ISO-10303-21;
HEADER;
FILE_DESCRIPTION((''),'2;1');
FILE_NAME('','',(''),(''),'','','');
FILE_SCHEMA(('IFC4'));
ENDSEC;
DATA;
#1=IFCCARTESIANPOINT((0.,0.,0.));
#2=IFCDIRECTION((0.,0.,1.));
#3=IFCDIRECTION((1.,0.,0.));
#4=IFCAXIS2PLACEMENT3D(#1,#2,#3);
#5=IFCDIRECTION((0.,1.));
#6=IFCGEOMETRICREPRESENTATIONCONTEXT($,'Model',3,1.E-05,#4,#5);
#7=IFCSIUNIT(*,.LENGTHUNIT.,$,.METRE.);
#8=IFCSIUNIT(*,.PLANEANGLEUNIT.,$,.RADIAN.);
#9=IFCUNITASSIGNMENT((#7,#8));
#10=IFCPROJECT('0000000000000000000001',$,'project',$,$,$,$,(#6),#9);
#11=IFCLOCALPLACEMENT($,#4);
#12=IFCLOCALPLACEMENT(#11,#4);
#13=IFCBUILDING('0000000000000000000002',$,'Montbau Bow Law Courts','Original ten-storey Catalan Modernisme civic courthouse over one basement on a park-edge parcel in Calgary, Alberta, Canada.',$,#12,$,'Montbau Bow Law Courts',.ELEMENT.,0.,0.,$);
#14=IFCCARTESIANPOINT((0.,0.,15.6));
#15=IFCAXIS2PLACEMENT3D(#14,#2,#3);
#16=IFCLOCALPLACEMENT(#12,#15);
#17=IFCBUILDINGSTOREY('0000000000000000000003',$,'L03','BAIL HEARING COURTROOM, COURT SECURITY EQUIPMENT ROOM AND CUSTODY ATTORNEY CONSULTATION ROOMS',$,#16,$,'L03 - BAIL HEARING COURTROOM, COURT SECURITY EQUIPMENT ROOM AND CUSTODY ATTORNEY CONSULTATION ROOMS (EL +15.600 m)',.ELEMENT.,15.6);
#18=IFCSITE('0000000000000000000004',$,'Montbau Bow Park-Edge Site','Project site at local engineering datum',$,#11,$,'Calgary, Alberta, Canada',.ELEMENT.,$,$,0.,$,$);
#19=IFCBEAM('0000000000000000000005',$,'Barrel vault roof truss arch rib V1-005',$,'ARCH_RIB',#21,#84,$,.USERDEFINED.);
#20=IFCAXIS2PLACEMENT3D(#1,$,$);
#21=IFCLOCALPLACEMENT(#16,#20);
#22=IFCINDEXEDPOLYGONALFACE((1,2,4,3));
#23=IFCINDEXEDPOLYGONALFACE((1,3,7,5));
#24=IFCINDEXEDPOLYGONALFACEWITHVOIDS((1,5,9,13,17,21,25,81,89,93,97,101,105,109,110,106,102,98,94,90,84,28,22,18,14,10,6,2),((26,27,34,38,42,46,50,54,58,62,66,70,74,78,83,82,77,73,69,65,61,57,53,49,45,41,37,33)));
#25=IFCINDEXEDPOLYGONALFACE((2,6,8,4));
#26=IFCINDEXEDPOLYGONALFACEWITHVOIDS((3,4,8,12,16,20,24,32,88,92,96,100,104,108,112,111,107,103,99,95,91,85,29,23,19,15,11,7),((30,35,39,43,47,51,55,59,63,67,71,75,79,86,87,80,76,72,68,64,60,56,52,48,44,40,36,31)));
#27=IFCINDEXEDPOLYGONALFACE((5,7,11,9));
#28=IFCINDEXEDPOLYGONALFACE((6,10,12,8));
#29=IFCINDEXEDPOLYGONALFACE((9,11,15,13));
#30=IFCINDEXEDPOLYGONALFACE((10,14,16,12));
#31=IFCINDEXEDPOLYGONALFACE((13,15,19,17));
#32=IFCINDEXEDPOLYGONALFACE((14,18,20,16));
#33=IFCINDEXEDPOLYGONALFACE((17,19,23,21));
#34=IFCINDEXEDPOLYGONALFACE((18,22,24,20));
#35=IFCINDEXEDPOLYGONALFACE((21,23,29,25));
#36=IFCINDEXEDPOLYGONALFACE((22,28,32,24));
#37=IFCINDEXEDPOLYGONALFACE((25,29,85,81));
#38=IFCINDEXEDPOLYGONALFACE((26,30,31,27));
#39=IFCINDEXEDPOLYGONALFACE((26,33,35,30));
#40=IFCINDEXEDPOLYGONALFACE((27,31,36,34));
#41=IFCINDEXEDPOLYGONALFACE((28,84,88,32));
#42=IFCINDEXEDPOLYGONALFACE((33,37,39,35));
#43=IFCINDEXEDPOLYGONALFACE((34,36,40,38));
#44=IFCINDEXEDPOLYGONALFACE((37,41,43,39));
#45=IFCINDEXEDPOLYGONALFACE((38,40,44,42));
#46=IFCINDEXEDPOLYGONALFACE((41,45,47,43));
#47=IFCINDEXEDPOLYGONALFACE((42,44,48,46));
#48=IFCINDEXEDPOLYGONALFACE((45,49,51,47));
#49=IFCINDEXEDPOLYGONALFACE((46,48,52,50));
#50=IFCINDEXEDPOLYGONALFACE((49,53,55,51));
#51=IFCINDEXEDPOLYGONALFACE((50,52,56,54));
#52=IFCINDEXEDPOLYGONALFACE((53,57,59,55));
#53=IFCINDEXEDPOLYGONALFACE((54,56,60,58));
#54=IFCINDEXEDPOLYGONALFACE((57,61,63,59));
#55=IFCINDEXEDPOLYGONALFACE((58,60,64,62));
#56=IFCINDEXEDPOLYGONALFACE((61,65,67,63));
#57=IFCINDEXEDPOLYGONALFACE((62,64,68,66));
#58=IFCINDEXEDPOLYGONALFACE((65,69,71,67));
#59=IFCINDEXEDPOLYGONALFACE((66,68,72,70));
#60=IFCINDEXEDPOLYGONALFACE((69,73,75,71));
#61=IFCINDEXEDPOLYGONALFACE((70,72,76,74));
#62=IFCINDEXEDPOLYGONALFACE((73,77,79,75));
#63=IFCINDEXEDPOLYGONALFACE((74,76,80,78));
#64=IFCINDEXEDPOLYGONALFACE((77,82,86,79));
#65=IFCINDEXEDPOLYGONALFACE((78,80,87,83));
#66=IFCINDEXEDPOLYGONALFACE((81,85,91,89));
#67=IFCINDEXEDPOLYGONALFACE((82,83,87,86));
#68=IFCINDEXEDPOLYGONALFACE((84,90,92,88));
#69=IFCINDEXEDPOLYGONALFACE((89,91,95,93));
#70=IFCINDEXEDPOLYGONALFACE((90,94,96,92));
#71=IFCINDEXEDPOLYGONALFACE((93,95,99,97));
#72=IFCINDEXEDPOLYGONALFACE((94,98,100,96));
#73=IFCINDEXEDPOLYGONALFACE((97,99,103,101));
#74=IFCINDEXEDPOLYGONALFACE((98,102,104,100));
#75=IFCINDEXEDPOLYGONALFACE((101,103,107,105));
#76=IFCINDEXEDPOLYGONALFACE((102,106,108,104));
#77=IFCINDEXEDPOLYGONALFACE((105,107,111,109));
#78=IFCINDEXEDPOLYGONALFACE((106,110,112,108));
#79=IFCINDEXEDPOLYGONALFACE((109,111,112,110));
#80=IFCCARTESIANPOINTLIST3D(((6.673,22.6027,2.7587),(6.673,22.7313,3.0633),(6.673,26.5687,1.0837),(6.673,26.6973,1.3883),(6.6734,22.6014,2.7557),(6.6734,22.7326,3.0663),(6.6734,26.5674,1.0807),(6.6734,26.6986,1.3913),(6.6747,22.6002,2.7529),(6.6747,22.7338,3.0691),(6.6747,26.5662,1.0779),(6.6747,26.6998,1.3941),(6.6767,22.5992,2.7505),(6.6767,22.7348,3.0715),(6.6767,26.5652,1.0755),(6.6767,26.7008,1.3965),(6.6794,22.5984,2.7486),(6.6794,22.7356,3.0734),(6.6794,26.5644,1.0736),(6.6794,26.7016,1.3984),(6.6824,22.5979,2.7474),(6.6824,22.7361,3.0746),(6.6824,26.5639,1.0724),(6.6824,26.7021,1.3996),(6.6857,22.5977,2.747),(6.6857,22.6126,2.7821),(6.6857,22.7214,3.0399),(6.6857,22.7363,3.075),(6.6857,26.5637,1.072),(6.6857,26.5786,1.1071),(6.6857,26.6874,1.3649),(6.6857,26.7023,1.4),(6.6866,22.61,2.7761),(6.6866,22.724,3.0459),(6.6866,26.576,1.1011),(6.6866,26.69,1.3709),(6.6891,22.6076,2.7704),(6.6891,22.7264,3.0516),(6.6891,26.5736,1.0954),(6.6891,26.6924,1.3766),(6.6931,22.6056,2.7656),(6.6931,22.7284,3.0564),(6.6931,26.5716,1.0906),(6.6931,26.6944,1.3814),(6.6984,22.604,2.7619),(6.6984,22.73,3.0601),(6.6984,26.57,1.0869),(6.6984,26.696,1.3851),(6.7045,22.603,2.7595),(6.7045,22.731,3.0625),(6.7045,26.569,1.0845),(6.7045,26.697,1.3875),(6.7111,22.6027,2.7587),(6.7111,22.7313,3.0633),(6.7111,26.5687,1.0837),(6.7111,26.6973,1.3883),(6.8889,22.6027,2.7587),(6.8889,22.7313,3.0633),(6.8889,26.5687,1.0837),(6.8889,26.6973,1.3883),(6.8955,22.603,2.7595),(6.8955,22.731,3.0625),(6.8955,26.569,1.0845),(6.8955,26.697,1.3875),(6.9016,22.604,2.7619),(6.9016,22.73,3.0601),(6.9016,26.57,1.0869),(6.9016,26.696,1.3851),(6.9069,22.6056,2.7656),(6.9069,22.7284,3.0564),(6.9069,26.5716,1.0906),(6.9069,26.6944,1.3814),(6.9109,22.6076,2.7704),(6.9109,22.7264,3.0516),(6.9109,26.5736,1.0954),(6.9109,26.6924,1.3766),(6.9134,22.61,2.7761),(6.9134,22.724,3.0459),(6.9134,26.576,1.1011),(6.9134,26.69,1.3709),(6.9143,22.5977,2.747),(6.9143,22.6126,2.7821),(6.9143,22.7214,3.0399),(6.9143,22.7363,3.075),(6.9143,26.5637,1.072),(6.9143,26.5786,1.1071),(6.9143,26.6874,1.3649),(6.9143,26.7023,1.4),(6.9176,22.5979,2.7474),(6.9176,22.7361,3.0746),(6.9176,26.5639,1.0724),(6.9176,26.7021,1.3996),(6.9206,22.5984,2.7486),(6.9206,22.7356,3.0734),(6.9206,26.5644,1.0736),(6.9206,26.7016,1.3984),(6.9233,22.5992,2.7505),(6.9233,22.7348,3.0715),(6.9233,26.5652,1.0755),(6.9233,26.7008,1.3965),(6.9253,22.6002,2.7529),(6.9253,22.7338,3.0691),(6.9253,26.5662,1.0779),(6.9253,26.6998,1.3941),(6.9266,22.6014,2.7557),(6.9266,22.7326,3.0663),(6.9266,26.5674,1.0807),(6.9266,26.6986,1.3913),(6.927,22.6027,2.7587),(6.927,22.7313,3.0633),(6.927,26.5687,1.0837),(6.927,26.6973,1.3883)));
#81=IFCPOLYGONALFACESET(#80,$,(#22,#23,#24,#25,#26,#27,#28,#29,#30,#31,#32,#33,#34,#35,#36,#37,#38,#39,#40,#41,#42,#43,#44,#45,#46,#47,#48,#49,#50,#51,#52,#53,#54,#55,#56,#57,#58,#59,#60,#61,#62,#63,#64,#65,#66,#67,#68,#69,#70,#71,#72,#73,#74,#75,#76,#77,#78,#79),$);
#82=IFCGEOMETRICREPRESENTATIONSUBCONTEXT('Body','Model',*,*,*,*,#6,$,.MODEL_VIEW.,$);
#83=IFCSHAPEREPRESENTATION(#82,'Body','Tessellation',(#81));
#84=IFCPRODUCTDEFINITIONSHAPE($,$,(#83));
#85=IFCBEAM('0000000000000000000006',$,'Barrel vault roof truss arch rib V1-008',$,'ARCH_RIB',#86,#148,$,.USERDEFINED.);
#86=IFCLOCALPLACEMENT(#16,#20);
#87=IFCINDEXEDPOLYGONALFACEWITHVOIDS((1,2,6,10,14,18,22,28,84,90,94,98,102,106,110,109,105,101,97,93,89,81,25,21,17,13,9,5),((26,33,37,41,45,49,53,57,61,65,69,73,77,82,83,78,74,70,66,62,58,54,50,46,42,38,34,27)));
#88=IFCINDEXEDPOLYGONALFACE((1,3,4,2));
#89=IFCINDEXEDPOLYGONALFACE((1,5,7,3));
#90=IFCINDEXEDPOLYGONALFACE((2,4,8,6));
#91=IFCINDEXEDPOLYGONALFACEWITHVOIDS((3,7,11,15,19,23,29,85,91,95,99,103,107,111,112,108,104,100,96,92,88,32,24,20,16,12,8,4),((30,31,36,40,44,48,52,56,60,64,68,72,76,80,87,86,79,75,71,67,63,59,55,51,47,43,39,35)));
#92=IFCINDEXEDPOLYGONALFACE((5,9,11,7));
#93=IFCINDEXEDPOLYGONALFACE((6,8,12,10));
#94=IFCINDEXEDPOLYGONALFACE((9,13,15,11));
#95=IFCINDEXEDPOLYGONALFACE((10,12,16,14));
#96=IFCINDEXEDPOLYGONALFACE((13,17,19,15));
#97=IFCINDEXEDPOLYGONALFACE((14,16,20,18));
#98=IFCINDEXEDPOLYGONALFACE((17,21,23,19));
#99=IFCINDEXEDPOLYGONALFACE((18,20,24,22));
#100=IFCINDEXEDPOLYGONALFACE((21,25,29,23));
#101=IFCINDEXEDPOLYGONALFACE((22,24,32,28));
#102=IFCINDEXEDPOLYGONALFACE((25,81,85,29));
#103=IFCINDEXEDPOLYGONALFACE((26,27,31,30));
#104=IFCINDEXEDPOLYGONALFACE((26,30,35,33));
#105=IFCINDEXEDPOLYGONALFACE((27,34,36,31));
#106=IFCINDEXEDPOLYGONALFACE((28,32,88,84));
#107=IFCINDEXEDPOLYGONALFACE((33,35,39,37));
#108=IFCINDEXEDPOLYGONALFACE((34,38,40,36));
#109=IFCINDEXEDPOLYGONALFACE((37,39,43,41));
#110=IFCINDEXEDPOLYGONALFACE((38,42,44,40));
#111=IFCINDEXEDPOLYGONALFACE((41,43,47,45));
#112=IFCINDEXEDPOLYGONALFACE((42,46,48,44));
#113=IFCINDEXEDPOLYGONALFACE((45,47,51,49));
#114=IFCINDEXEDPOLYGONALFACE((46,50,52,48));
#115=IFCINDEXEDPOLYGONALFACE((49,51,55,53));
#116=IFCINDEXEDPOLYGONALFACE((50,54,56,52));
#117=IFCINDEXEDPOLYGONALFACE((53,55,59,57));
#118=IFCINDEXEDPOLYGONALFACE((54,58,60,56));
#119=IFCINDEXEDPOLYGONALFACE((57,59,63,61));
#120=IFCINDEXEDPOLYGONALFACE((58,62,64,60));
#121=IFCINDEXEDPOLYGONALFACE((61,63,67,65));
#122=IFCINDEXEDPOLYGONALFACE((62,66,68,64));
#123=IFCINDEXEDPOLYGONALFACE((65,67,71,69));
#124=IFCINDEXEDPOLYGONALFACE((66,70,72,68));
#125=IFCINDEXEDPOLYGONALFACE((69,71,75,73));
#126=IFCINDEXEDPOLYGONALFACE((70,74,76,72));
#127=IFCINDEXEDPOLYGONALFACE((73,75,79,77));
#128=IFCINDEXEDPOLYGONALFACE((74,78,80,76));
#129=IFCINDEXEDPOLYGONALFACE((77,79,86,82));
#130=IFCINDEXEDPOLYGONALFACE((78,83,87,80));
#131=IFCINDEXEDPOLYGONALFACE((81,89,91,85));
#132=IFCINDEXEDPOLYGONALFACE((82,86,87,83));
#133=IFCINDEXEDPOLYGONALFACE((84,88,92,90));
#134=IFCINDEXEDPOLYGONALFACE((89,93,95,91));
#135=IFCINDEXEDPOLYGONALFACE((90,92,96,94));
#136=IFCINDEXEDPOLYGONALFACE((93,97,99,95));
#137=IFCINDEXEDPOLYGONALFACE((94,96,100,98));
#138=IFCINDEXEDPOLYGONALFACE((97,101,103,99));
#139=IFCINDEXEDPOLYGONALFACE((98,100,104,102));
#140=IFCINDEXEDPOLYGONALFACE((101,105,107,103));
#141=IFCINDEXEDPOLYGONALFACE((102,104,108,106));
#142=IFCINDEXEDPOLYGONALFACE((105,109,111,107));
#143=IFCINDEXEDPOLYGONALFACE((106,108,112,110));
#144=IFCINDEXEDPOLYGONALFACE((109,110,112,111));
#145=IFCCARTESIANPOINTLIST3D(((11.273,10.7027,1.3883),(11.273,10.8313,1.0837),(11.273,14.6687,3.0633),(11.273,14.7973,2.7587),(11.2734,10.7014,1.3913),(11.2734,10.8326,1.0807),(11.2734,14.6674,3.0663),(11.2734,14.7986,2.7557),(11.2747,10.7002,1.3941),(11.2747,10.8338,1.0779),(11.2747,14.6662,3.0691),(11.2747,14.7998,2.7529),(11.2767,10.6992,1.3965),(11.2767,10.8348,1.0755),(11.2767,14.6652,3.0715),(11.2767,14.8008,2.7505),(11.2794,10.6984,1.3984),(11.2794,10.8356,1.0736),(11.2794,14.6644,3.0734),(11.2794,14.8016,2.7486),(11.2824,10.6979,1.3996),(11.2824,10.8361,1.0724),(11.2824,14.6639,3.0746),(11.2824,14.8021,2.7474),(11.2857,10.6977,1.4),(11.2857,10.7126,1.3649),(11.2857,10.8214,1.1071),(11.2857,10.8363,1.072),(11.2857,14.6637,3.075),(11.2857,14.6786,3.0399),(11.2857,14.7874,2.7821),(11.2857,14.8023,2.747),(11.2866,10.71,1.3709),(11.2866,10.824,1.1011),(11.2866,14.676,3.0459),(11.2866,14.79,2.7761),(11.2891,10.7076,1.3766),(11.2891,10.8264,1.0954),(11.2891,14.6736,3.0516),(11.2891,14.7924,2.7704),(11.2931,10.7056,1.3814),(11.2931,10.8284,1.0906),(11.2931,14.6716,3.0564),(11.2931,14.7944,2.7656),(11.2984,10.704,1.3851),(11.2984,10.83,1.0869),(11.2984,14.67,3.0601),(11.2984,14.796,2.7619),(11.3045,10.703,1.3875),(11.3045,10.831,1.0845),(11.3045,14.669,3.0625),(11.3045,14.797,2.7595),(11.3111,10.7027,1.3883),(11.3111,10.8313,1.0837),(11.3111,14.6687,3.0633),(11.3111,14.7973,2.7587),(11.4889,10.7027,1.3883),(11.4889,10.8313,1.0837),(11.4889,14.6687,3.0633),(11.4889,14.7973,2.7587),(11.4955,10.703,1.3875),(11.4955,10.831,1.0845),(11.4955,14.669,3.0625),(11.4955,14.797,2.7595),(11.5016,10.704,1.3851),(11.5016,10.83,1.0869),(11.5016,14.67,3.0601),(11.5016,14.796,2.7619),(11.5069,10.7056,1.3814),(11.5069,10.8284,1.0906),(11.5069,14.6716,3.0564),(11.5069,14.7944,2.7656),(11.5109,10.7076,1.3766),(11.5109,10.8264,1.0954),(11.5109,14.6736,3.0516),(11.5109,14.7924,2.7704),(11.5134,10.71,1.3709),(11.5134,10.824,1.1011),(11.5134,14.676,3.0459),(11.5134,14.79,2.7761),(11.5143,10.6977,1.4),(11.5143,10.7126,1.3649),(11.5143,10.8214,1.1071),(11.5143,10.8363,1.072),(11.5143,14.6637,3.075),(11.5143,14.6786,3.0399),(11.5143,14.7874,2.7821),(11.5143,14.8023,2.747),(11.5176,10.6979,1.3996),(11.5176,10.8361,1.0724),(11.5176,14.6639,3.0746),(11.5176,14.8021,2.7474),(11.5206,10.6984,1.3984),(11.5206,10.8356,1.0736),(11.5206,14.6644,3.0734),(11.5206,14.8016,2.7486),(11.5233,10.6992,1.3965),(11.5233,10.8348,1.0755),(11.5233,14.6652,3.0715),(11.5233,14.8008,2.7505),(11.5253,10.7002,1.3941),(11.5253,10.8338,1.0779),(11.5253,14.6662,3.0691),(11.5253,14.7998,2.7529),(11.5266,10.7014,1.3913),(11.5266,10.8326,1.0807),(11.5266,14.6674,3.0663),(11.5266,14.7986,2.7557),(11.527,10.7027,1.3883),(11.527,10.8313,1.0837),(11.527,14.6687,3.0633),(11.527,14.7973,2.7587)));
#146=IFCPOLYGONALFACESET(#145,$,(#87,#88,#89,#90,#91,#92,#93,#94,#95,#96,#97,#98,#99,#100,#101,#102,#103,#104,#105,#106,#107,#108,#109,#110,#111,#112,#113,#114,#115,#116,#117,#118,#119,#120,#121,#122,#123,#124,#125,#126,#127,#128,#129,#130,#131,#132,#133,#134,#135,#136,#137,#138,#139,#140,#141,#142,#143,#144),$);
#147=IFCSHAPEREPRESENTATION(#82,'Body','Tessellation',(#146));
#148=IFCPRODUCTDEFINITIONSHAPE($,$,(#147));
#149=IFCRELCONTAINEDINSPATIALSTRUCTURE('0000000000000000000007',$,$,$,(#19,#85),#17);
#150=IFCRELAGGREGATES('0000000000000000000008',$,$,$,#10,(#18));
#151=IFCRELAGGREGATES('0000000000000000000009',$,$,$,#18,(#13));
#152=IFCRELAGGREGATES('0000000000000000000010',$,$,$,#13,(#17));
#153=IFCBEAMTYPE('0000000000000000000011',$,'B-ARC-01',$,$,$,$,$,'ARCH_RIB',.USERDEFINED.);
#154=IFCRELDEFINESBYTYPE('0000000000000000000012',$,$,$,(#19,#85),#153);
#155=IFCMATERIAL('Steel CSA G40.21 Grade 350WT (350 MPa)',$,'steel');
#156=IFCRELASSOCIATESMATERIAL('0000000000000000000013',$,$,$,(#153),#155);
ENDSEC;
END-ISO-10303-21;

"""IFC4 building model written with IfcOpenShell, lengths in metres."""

from ifc_helpers import new_model, si_unit, direction, frame, origin_with_axes, origin_2d_with_axis, place, context, subcontext, project, spatial, hollow_rectangle, extrude, material, material_profile, profile_set, type_object, element, save


model = new_model("IFC4")

# Units and contexts
model_context = context("Model", 3, precision=1e-05, world=origin_with_axes(), true_north=direction((0.0, 1.0)))
body_context = subcontext(model_context, "Body", "Model", "MODEL_VIEW")
ifc_project = project(units=[si_unit("LENGTHUNIT", "METRE"), si_unit("PLANEANGLEUNIT", "RADIAN")], contexts=[model_context])

# Site, building, storey
site_placement = place(None, origin_with_axes())
site = spatial("IfcSite", under=ifc_project, at=site_placement, Name="Montbau Bow Park-Edge Site", Description="Project site at local engineering datum", LongName="Calgary, Alberta, Canada", CompositionType="ELEMENT", RefElevation=0.0)
building_placement = place(site_placement, origin_with_axes())
building = spatial("IfcBuilding", under=site, at=building_placement, Name="Montbau Bow Law Courts", Description="Original ten-storey Catalan Modernisme civic courthouse over one basement on a park-edge parcel in Calgary, Alberta, Canada.", LongName="Montbau Bow Law Courts", CompositionType="ELEMENT", ElevationOfRefHeight=0.0, ElevationOfTerrain=0.0)
storey_placement = place(building_placement, frame((0.0, 0.0, 15.6), z_axis=(0.0, 0.0, 1.0), x_axis=(1.0, 0.0, 0.0)))
storey = spatial("IfcBuildingStorey", under=building, at=storey_placement, Name="L03", Description="BAIL HEARING COURTROOM, COURT SECURITY EQUIPMENT ROOM AND CUSTODY ATTORNEY CONSULTATION ROOMS", LongName="L03 - BAIL HEARING COURTROOM, COURT SECURITY EQUIPMENT ROOM AND CUSTODY ATTORNEY CONSULTATION ROOMS (EL +15.600 m)", CompositionType="ELEMENT", Elevation=15.6)

# Beams
ifc_material_1 = material(Name="Steel CSA G40.21 Grade 350WT (350 MPa)", Category="steel")
ifc_material_profile_1 = material_profile(ifc_material_1, hollow_rectangle(XDim=0.254, YDim=0.356, WallThickness=0.0127, InnerFilletRadius=0.0254, OuterFilletRadius=0.0127, at=origin_2d_with_axis()), Name="HSS356X254X13", Category="Main", Priority=0)
ifc_profile_set_1 = profile_set([ifc_material_profile_1], Name="Steel CSA G40.21 Grade 350WT (350 MPa)")
beam_type = type_object("IfcBeamType", Name="B-ARC-01", ElementType="ARCH_RIB", PredefinedType="USERDEFINED", material=ifc_profile_set_1)
for number, where, z_axis, x_axis, name in (
    (1, (6.8, 22.667, 18.511), (0.0, 0.921211, -0.389064), (-1.0, 0.0, 0.0), "Barrel vault roof truss arch rib V1-005"),
    (2, (11.4, 10.767, 16.836), (0.0, 0.921211, 0.389064), (-1.0, 0.0, 0.0), "Barrel vault roof truss arch rib V1-008"),
):
    element("IfcBeam", number, at=place(None, frame(where, z_axis=z_axis, x_axis=x_axis)), inside=storey, type_object=beam_type, Name=name, ObjectType="ARCH_RIB", PredefinedType="USERDEFINED", context=body_context, shape_type="SweptSolid", body=[
        extrude(hollow_rectangle(XDim=0.254, YDim=0.356, WallThickness=0.0127, InnerFilletRadius=0.0254, OuterFilletRadius=0.0127, at=origin_2d_with_axis()), origin_with_axes(), (0.0, 0.0, 1.0), 4.3052),
    ])

save(model, "model.ifc")
